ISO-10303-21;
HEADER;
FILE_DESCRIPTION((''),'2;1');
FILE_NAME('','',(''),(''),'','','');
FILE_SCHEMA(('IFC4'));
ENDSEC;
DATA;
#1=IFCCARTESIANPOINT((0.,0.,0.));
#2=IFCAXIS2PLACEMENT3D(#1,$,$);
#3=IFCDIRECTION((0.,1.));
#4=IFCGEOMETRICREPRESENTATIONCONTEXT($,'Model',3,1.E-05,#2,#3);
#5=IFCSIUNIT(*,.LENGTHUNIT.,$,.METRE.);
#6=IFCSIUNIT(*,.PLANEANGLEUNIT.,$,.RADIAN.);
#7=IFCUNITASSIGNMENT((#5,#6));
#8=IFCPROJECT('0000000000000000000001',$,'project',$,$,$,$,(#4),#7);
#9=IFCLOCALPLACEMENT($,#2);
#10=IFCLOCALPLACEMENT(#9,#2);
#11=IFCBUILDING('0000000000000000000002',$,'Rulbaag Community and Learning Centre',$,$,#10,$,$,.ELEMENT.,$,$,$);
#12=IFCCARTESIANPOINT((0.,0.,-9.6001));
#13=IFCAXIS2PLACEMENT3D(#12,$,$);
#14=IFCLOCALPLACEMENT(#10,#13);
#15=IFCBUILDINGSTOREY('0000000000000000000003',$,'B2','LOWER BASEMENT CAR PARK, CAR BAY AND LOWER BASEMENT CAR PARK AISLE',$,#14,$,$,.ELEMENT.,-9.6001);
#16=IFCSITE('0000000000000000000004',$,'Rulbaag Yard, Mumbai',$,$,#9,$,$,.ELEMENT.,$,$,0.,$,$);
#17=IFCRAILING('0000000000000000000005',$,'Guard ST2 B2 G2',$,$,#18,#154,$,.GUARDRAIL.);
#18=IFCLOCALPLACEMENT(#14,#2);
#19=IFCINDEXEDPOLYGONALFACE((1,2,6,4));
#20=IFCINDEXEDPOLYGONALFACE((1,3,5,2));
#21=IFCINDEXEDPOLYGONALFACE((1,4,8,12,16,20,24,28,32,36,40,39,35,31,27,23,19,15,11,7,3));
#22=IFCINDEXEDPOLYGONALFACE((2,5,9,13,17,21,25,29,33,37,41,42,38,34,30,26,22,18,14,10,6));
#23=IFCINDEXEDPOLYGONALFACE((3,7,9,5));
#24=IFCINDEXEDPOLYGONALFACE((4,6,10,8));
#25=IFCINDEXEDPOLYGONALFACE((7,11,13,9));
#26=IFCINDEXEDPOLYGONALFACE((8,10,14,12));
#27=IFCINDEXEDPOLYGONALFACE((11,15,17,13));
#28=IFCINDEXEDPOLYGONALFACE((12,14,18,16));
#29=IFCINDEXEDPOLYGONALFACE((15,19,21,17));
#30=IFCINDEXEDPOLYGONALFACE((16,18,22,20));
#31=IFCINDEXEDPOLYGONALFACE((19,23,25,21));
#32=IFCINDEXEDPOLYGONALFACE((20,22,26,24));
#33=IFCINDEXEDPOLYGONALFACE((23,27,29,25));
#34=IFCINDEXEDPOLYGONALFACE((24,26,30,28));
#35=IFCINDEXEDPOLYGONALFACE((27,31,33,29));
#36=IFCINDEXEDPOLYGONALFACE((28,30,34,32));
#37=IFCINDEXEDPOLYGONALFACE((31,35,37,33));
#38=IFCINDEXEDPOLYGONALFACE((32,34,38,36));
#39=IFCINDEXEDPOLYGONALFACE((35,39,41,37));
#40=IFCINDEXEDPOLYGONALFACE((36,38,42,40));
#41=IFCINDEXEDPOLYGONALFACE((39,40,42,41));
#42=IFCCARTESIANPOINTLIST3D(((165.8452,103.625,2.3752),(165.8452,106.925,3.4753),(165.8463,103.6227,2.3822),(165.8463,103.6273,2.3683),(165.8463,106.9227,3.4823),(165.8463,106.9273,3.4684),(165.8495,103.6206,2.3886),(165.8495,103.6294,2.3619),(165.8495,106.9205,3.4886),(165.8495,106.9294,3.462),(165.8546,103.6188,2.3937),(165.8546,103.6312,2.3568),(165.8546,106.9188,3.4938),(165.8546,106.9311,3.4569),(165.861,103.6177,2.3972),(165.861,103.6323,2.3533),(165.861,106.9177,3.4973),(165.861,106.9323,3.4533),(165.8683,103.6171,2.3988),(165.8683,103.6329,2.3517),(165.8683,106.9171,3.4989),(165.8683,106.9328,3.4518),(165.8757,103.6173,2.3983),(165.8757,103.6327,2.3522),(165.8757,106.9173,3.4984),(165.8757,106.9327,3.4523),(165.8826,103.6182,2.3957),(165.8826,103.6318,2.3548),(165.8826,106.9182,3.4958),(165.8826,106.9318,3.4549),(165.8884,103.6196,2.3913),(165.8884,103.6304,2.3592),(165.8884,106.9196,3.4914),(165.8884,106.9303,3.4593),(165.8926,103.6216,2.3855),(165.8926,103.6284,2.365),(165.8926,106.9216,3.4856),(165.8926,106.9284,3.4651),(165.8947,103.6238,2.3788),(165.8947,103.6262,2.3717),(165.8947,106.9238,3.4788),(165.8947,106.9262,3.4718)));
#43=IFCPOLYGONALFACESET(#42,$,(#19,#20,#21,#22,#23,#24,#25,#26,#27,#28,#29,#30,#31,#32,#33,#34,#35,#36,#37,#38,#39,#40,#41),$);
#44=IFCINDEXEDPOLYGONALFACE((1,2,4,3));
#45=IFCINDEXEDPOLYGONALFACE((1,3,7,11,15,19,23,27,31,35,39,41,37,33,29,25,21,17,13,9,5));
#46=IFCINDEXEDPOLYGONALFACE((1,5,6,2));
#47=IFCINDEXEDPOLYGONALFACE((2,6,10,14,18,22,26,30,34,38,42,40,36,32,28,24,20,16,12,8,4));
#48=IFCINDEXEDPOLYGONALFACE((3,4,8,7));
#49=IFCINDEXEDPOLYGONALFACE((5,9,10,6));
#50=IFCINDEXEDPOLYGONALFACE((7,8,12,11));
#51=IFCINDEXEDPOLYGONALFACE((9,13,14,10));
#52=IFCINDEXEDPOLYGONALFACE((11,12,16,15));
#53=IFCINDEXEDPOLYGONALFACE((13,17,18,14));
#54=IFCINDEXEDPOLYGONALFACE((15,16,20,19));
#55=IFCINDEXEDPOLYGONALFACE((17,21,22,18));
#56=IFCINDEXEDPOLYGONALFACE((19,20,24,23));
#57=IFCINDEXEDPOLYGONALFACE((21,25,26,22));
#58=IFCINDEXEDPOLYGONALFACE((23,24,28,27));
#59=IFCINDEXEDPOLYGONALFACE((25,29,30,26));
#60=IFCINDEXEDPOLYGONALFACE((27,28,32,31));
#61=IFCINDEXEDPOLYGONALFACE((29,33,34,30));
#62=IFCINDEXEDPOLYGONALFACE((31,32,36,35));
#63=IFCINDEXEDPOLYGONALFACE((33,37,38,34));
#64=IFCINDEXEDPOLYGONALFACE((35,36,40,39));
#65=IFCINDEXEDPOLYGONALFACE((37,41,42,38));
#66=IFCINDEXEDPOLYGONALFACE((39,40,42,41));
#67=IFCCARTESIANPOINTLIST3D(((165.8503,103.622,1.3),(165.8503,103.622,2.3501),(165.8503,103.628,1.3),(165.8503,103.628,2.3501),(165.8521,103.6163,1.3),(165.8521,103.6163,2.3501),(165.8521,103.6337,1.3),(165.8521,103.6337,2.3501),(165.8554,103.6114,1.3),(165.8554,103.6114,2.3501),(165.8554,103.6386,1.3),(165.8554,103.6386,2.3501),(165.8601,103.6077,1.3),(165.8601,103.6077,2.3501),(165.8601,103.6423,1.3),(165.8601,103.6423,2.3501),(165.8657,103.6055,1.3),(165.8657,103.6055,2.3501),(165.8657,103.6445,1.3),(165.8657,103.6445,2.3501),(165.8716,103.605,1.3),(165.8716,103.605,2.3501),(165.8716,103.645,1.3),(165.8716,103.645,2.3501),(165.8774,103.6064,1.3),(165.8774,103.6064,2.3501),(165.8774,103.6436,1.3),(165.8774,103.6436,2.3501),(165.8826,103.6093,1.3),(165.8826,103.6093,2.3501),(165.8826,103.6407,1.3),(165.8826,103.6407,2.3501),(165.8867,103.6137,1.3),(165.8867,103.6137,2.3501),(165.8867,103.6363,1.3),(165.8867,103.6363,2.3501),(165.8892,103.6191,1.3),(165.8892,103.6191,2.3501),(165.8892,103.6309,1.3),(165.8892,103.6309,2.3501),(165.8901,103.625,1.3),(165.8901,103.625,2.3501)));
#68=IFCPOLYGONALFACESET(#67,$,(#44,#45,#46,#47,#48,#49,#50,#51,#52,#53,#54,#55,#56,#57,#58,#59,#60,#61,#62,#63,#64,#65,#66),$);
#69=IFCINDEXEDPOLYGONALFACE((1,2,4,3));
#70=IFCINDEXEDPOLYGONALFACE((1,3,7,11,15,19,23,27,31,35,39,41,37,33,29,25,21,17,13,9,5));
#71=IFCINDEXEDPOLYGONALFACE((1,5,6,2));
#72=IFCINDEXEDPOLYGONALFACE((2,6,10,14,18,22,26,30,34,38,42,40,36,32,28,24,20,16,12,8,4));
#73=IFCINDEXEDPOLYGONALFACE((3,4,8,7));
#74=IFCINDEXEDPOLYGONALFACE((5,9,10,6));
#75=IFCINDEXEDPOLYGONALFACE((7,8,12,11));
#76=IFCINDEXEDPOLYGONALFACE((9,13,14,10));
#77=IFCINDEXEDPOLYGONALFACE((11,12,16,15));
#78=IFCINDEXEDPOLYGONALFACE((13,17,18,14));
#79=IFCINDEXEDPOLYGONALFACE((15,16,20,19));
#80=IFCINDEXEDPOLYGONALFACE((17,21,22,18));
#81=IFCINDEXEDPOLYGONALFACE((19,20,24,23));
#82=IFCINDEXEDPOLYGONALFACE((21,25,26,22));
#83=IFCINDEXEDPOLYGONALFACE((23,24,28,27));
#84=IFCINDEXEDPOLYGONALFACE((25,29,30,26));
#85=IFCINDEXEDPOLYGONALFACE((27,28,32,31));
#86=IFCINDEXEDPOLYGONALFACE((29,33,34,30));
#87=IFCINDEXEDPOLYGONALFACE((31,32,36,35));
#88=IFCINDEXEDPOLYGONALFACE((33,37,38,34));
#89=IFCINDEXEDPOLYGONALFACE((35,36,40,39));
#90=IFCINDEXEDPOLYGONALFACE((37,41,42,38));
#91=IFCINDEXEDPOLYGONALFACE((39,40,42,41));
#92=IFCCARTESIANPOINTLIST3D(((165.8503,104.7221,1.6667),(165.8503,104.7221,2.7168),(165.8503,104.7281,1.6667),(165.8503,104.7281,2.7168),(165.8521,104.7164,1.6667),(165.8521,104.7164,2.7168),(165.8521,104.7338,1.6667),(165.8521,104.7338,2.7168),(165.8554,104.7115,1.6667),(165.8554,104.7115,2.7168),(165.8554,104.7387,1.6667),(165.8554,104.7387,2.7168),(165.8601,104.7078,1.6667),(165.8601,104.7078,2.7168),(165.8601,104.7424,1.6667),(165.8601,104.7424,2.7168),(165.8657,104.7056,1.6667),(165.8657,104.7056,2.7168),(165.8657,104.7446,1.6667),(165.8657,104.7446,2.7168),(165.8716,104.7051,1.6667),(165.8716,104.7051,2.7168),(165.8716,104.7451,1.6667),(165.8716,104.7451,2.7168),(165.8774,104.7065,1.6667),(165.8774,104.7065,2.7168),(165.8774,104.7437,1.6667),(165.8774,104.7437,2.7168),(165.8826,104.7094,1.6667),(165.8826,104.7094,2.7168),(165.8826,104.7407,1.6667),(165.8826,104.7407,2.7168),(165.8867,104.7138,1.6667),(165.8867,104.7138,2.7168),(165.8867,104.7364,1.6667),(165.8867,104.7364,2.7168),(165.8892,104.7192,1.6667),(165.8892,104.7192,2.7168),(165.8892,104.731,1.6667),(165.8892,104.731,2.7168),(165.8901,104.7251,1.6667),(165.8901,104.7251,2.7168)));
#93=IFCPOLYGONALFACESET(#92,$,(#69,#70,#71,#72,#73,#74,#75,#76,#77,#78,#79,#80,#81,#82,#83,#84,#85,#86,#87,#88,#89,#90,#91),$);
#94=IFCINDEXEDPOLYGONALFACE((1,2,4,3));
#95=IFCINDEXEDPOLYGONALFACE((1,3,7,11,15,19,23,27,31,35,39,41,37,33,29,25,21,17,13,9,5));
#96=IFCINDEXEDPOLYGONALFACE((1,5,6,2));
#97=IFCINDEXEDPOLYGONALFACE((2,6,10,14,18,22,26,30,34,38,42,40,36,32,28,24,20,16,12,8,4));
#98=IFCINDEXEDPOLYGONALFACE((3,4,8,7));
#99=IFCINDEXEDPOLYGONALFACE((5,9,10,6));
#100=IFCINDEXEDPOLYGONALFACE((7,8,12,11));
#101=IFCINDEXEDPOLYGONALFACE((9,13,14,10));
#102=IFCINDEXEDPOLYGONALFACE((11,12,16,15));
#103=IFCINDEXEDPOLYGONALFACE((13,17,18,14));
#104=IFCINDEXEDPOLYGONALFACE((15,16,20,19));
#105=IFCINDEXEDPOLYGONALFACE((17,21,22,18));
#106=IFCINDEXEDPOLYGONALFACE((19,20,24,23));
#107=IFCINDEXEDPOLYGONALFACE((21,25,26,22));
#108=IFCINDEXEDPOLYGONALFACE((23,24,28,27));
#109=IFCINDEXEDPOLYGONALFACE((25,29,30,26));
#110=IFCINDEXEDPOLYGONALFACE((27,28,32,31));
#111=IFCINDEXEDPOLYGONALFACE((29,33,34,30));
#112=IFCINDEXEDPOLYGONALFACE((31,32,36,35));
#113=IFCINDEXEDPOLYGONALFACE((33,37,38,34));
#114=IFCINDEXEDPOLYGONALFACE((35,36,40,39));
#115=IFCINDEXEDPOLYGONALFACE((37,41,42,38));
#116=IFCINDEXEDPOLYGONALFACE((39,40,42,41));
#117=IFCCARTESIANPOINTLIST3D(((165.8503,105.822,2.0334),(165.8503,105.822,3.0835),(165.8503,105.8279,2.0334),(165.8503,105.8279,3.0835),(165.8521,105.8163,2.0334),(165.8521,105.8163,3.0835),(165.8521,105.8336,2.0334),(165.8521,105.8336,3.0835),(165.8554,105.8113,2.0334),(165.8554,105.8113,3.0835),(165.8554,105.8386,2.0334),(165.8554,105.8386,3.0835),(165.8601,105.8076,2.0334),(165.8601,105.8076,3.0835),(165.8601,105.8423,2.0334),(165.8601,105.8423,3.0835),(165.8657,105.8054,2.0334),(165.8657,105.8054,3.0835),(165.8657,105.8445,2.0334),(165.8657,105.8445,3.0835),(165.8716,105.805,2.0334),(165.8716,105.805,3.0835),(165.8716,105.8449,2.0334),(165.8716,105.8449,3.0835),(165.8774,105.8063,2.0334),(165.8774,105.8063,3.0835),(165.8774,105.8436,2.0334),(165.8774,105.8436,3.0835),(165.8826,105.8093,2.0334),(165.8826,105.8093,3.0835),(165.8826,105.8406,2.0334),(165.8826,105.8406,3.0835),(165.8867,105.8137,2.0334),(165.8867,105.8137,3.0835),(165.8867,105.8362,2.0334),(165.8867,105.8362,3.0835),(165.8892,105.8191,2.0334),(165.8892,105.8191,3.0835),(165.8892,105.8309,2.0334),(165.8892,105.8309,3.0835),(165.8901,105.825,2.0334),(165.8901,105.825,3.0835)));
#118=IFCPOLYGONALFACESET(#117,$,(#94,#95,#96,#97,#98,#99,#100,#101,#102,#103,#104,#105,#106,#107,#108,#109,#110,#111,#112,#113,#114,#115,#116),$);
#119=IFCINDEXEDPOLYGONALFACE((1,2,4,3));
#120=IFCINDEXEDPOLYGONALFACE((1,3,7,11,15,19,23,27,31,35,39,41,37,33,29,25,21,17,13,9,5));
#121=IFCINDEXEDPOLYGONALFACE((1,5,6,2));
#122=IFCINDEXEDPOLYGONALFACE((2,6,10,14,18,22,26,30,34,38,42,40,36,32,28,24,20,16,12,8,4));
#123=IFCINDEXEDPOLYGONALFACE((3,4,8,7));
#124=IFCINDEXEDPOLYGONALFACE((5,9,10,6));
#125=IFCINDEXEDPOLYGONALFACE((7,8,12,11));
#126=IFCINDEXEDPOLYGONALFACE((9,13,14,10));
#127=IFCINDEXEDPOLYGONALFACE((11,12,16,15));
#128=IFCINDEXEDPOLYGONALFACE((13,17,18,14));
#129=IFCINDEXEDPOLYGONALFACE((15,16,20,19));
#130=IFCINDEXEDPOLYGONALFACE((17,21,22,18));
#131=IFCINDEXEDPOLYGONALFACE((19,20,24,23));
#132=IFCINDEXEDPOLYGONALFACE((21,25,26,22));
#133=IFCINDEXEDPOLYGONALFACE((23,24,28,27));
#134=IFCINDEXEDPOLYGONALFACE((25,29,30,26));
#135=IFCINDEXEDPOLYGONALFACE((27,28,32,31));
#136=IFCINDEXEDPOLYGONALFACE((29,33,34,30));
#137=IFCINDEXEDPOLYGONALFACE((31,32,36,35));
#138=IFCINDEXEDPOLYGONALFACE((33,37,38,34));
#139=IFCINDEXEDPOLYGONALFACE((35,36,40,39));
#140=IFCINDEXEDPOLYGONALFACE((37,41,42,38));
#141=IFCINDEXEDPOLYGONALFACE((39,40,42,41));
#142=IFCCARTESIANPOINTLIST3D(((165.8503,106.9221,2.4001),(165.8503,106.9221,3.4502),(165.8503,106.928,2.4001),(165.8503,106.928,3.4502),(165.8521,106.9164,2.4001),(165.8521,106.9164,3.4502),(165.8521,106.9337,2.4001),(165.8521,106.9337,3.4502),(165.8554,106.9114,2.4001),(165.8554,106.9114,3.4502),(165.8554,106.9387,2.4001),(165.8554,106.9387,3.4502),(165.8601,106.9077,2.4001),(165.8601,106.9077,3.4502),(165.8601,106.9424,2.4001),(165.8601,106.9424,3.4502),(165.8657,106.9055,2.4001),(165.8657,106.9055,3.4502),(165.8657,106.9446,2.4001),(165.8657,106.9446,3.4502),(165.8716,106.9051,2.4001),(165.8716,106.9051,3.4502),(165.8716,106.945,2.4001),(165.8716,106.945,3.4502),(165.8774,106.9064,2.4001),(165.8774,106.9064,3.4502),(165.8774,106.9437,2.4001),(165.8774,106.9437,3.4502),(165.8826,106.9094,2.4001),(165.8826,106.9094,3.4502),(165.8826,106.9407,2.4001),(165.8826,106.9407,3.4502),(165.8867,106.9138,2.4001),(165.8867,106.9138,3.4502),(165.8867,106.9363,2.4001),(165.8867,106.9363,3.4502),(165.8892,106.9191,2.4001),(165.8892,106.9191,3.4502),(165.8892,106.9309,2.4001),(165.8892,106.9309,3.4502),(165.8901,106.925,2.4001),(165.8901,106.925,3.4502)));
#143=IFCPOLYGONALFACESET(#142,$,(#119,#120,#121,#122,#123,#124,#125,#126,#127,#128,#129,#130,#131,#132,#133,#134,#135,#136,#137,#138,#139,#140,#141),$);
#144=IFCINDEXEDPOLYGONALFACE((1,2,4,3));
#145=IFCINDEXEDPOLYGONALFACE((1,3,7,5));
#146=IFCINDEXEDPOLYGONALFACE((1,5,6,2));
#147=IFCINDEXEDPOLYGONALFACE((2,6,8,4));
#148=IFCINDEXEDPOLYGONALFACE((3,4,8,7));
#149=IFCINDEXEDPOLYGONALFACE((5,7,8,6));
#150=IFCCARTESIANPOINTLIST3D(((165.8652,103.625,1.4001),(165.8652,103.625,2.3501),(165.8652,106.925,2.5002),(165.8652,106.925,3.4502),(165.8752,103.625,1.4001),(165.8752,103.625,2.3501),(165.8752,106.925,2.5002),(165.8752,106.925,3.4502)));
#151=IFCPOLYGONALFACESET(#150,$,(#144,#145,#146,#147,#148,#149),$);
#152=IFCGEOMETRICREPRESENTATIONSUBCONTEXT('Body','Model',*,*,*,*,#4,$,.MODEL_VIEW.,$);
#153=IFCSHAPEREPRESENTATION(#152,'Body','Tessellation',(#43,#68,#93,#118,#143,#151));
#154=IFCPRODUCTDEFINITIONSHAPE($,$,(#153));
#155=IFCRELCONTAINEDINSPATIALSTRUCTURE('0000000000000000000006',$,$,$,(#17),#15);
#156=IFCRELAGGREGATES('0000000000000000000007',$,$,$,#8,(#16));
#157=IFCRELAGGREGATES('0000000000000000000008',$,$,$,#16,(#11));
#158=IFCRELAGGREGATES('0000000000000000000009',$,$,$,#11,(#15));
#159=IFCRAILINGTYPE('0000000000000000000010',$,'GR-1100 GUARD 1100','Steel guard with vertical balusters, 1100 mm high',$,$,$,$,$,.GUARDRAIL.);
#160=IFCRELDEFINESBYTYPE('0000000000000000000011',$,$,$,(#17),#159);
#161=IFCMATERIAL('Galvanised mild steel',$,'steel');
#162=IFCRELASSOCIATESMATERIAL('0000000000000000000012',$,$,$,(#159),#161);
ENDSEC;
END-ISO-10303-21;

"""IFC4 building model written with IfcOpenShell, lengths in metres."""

from ifc_helpers import new_model, si_unit, direction, frame, origin, origin_2d, place, context, subcontext, project, spatial, polyline, circle, outline, extrude, material, type_object, element, save


model = new_model("IFC4")

# Units and contexts
model_context = context("Model", 3, precision=1e-05, world=origin(), true_north=direction((0.0, 1.0)))
body_context = subcontext(model_context, "Body", "Model", "MODEL_VIEW")
ifc_project = project(units=[si_unit("LENGTHUNIT", "METRE"), si_unit("PLANEANGLEUNIT", "RADIAN")], contexts=[model_context])

# Site, building, storey
site_placement = place(None, origin())
site = spatial("IfcSite", under=ifc_project, at=site_placement, Name="Rulbaag Yard, Mumbai", CompositionType="ELEMENT", RefElevation=0.0)
building_placement = place(site_placement, origin())
building = spatial("IfcBuilding", under=site, at=building_placement, Name="Rulbaag Community and Learning Centre", CompositionType="ELEMENT")
storey_placement = place(building_placement, frame((0.0, 0.0, -9.6001)))
storey = spatial("IfcBuildingStorey", under=building, at=storey_placement, Name="B2", Description="LOWER BASEMENT CAR PARK, CAR BAY AND LOWER BASEMENT CAR PARK AISLE", CompositionType="ELEMENT", Elevation=-9.6001)

# Railing
ifc_material_1 = material(Name="Galvanised mild steel", Category="steel")
railing_type_1 = type_object("IfcRailingType", Name="GR-1100 GUARD 1100", Description="Steel guard with vertical balusters, 1100 mm high", PredefinedType="GUARDRAIL", material=ifc_material_1)
railing_1_placement = place(storey_placement, frame((165.8701, 103.625, 1.3)))
element("IfcRailing", 1, at=railing_1_placement, inside=storey, type_object=railing_type_1, Name="Guard ST2 B2 G2", PredefinedType="GUARDRAIL", context=body_context, shape_type="SweptSolid", body=[
    extrude(circle(Radius=0.0249, at=origin_2d()), frame((0.0, 0.0, 1.0752), z_axis=(0.0, 0.948676, 0.316249), x_axis=(-1.0, 0.0, 0.0)), (0.0, 0.0, 1.0), 3.4785),
    extrude(circle(Radius=0.02, at=origin_2d()), origin(), (0.0, 0.0, 1.0), 1.05),
    extrude(circle(Radius=0.02, at=origin_2d()), frame((0.0, 1.1001, 0.3667)), (0.0, 0.0, 1.0), 1.05),
    extrude(circle(Radius=0.02, at=origin_2d()), frame((0.0, 2.2, 0.7334)), (0.0, 0.0, 1.0), 1.05),
    extrude(circle(Radius=0.02, at=origin_2d()), frame((0.0, 3.3, 1.1001)), (0.0, 0.0, 1.0), 1.05),
    extrude(outline(polyline([(0.0, 0.0), (3.3, 1.1001), (3.3, 2.05), (0.0, 0.95), (0.0, 0.0)])), frame((-0.0049, 0.0, 0.1001), z_axis=(1.0, 0.0, 0.0), x_axis=(0.0, 1.0, 0.0)), (0.0, 0.0, 1.0), 0.01),
])

save(model, "model.ifc")
